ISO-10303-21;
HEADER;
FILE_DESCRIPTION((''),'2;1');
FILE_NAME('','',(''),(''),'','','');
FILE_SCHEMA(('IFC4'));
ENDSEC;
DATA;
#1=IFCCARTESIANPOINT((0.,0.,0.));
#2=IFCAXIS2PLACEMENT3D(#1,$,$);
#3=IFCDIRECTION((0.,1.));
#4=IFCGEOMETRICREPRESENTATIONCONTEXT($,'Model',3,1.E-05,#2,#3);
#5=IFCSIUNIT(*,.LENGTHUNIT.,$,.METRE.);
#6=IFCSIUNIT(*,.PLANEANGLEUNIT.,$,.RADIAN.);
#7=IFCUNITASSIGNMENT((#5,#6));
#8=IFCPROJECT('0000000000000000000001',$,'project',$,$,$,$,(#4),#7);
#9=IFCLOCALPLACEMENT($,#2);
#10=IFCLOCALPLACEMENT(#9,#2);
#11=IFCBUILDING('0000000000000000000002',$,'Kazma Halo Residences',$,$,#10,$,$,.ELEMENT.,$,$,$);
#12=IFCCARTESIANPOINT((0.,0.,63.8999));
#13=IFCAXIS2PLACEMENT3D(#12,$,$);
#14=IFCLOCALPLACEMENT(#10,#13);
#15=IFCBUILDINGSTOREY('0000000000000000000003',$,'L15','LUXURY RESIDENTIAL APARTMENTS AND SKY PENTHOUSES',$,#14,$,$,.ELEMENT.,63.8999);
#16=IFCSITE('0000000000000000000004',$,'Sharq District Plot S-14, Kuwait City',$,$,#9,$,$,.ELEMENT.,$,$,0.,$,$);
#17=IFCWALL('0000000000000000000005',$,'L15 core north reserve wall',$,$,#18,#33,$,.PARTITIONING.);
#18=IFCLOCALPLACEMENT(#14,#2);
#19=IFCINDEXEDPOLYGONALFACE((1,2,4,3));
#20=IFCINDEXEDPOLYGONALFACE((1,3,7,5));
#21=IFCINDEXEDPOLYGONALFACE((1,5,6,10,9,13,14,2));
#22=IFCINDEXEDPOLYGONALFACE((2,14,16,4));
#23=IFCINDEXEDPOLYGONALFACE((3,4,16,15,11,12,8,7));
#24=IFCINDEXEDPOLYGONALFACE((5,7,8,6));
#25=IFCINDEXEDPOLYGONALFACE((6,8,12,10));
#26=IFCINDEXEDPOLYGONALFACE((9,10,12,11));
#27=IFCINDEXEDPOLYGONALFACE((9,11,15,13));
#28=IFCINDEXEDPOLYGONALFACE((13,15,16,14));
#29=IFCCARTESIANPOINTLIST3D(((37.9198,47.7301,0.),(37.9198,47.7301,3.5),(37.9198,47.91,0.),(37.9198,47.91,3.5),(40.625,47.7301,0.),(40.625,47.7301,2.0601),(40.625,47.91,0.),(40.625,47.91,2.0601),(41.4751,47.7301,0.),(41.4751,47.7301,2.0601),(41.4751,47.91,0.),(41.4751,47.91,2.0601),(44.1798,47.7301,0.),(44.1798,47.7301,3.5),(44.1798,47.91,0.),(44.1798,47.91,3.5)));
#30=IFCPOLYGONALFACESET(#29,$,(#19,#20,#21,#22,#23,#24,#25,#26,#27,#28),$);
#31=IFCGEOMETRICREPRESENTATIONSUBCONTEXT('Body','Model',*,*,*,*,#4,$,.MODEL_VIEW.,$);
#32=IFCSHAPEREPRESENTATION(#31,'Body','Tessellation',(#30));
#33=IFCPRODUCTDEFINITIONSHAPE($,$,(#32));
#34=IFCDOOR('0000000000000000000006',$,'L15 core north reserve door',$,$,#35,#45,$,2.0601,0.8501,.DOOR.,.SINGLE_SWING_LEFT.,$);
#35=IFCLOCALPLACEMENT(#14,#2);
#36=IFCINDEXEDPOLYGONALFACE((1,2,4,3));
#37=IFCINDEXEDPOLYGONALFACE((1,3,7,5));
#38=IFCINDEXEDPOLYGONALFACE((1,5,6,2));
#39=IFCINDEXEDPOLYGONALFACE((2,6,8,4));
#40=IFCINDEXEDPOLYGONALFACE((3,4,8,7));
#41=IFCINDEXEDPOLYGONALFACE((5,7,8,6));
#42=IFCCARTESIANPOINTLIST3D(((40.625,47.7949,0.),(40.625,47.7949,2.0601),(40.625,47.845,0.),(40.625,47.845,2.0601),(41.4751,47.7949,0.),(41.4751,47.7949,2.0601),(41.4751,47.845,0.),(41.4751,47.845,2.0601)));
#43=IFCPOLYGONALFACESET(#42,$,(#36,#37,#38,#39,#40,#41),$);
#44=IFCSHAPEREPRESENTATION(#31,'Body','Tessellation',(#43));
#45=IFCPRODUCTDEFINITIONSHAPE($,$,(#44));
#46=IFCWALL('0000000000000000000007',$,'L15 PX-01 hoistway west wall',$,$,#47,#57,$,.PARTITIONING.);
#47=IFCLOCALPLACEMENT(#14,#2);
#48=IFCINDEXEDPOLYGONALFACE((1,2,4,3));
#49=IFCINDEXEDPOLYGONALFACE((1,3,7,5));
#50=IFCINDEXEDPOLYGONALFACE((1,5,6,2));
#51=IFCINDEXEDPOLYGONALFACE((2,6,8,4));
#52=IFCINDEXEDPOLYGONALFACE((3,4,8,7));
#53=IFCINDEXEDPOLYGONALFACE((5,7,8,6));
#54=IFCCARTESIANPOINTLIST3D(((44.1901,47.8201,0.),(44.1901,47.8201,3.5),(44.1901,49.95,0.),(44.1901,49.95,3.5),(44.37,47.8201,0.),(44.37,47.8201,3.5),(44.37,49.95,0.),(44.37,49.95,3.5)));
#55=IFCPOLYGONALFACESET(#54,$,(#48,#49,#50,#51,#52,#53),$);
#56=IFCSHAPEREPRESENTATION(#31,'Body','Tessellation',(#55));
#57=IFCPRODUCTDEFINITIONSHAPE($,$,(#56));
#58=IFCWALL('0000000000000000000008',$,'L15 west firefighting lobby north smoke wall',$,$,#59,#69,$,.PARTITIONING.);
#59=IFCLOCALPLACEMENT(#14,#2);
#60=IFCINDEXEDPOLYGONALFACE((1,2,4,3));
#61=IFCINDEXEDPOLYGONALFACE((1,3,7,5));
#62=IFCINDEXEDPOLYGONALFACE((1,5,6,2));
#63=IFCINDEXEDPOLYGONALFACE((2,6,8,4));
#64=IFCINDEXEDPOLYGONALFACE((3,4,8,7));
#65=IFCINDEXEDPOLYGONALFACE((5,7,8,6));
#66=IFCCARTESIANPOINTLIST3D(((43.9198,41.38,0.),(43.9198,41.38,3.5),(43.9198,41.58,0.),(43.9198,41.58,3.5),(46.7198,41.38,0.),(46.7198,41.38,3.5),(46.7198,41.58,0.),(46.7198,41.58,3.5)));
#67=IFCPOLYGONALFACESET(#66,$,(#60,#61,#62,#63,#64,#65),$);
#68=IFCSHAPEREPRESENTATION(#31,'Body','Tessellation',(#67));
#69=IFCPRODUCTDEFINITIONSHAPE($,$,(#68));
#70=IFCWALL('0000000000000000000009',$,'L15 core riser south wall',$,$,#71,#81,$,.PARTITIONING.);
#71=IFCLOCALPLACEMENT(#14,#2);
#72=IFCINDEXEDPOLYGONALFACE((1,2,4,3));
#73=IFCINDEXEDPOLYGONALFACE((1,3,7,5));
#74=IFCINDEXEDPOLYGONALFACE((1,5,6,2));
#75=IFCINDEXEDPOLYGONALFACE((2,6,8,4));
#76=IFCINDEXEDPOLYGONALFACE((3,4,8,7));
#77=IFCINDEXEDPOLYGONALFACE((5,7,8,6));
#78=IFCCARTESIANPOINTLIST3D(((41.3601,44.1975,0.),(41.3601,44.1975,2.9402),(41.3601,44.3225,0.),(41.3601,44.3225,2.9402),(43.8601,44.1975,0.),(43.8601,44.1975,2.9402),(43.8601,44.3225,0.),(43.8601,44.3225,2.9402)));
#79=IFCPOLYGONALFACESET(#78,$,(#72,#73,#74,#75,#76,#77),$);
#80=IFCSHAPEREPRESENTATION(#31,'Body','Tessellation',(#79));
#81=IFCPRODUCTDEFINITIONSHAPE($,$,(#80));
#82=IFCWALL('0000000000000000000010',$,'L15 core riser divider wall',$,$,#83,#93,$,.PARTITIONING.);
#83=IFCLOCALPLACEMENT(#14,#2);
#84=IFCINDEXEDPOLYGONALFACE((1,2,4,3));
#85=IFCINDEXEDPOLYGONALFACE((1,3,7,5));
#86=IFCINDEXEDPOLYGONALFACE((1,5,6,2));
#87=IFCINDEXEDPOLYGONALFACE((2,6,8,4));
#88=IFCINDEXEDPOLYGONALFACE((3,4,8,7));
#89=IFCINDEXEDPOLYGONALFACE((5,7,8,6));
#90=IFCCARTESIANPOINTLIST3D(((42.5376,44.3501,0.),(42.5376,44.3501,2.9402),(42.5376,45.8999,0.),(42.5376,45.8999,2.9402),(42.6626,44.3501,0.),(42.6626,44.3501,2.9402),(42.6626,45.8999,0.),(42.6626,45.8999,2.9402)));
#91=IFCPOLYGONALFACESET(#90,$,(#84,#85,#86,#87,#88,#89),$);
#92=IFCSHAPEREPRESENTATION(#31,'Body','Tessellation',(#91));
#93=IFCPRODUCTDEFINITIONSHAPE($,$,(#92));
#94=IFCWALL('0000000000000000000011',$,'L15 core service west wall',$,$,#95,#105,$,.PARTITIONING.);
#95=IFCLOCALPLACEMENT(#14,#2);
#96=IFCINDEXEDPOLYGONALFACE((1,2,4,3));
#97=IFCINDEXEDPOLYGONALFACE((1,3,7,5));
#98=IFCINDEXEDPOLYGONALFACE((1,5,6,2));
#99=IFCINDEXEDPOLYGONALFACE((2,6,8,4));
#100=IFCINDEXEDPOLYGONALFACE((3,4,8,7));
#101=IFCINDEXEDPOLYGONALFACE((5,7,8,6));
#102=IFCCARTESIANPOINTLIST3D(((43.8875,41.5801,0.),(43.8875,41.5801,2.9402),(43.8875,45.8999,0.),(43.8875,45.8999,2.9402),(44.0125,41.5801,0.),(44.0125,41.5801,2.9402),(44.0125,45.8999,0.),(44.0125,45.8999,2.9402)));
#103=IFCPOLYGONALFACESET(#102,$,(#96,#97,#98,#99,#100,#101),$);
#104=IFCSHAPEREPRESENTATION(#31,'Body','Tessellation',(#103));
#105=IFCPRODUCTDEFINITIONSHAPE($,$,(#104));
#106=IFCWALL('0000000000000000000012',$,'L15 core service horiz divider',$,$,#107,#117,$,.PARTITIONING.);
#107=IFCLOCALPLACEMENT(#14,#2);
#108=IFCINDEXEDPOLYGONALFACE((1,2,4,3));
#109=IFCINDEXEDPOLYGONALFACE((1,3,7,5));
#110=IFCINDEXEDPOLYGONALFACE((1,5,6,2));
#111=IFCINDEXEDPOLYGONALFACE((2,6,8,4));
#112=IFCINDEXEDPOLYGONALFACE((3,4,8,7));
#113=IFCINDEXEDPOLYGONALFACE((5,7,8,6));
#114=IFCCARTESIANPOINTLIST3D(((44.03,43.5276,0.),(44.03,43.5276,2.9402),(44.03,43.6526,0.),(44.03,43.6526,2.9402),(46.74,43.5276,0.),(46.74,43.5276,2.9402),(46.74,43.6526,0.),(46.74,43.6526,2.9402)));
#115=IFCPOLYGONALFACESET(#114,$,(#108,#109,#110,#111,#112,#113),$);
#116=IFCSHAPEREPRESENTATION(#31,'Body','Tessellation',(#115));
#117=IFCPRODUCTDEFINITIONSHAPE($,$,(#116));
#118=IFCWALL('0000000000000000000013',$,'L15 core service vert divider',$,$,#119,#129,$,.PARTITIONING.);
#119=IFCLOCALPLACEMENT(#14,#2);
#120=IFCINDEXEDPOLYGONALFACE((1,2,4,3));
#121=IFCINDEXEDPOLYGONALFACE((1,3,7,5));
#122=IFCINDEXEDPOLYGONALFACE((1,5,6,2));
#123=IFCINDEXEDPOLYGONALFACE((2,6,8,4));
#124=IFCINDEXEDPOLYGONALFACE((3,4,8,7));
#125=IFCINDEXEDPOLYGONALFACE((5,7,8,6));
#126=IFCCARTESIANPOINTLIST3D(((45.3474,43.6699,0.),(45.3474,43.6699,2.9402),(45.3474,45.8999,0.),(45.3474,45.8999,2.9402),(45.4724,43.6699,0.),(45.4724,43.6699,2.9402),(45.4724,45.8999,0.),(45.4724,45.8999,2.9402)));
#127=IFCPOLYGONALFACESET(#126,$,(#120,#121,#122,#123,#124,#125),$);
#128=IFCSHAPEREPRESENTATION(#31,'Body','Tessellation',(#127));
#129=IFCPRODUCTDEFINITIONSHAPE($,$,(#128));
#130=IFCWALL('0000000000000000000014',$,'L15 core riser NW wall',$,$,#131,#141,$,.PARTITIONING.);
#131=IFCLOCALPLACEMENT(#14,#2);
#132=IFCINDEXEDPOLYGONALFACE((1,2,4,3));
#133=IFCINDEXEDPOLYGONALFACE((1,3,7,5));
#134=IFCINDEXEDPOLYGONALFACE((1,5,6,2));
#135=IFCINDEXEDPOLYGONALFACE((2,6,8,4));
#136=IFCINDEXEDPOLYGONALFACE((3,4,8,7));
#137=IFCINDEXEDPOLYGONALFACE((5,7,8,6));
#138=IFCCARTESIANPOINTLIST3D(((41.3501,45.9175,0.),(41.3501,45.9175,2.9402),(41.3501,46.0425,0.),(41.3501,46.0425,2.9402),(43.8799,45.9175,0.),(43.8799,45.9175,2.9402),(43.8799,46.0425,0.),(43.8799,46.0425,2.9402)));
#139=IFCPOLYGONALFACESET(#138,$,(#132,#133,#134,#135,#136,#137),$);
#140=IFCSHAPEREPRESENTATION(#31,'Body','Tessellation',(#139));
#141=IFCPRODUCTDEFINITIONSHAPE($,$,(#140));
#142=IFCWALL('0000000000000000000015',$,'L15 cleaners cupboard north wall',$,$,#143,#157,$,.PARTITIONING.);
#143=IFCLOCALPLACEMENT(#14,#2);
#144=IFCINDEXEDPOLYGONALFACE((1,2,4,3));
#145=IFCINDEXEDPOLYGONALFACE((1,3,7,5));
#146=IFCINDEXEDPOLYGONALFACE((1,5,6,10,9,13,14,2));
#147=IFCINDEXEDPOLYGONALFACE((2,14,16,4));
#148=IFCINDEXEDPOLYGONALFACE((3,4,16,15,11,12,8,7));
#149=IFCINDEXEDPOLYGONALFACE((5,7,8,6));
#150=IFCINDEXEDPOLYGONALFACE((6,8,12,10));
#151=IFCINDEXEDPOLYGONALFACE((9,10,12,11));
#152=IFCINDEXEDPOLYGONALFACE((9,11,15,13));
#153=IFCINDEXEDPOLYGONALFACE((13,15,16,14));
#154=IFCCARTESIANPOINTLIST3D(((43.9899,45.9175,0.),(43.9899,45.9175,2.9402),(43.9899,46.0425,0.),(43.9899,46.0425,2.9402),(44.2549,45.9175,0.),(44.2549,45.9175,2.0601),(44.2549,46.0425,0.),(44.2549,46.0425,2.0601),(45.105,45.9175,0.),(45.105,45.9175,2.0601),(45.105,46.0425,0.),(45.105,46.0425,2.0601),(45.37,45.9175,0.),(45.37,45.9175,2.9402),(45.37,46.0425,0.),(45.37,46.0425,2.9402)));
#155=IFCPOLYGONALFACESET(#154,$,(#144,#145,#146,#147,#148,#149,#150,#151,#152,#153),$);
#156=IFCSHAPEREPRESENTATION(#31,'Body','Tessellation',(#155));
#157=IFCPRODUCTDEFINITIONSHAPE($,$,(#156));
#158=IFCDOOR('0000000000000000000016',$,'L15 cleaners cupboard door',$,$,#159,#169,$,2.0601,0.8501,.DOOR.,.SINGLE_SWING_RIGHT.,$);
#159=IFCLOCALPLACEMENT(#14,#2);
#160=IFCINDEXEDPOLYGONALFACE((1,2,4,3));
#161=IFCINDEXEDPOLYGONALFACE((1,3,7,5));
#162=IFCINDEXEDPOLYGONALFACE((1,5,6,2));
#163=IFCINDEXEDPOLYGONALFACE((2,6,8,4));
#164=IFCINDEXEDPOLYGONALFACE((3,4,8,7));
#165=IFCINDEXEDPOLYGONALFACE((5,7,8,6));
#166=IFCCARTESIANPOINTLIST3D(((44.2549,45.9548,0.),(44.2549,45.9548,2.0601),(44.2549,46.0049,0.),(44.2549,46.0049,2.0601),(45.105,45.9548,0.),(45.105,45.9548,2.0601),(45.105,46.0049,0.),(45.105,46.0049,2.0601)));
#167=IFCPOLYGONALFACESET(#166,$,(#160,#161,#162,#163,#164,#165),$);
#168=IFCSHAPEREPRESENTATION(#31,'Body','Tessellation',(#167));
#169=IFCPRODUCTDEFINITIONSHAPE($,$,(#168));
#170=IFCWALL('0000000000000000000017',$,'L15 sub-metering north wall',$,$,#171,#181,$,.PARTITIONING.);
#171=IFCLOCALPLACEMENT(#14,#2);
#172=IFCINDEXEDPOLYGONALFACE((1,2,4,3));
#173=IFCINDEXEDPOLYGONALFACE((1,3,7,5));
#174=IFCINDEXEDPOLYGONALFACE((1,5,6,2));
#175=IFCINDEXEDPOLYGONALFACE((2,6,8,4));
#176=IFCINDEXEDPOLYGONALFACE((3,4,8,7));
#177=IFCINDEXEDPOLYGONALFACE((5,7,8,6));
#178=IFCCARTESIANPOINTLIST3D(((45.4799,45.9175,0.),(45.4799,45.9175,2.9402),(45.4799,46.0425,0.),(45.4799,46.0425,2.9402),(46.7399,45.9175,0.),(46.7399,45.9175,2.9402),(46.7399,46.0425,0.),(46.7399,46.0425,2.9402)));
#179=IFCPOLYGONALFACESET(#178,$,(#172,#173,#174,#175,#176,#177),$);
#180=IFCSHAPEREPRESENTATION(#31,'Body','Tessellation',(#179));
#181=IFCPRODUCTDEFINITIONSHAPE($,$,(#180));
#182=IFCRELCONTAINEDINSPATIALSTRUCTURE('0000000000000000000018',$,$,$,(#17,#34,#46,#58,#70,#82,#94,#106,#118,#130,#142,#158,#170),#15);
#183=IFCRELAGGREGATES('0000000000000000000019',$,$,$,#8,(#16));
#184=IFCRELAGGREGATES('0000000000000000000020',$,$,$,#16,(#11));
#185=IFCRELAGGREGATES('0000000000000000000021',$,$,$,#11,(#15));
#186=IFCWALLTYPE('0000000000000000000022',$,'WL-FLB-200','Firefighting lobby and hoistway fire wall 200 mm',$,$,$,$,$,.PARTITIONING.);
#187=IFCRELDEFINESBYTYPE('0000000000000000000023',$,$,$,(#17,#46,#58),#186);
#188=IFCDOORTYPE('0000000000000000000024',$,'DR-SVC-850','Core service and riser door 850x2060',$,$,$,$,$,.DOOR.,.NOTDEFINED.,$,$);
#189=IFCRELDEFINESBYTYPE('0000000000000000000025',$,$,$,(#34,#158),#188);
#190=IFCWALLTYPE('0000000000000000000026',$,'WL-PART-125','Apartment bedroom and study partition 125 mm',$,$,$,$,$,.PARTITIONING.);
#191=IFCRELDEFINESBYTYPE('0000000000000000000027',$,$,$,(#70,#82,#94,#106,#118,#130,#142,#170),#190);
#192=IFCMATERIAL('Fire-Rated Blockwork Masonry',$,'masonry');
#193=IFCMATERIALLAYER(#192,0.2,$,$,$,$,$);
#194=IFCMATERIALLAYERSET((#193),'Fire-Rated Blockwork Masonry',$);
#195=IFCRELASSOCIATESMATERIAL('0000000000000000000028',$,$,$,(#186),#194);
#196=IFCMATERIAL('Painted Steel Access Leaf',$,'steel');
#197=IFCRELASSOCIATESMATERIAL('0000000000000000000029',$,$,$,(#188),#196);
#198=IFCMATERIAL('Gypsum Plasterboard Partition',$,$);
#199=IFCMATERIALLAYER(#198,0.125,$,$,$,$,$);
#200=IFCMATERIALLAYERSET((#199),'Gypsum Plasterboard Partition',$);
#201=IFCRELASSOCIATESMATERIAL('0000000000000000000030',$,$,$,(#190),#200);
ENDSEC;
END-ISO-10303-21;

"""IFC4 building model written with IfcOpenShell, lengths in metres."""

from ifc_helpers import new_model, si_unit, direction, frame, frame_2d, origin, place, context, subcontext, project, spatial, rectangle, extrude, material, layer, layer_set, type_object, element, fill, save


model = new_model("IFC4")

# Units and contexts
model_context = context("Model", 3, precision=1e-05, world=origin(), true_north=direction((0.0, 1.0)))
body_context = subcontext(model_context, "Body", "Model", "MODEL_VIEW")
ifc_project = project(units=[si_unit("LENGTHUNIT", "METRE"), si_unit("PLANEANGLEUNIT", "RADIAN")], contexts=[model_context])

# Site, building, storey
site_placement = place(None, origin())
site = spatial("IfcSite", under=ifc_project, at=site_placement, Name="Sharq District Plot S-14, Kuwait City", CompositionType="ELEMENT", RefElevation=0.0)
building_placement = place(site_placement, origin())
building = spatial("IfcBuilding", under=site, at=building_placement, Name="Kazma Halo Residences", CompositionType="ELEMENT")
storey_placement = place(building_placement, frame((0.0, 0.0, 63.8999)))
storey = spatial("IfcBuildingStorey", under=building, at=storey_placement, Name="L15", Description="LUXURY RESIDENTIAL APARTMENTS AND SKY PENTHOUSES", CompositionType="ELEMENT", Elevation=63.8999)

# Shared definitions
ifc_material_1 = material(Name="Fire-Rated Blockwork Masonry", Category="masonry")
ifc_layer_1 = layer(ifc_material_1, 0.2)
ifc_layer_set_1 = layer_set([ifc_layer_1], Name="Fire-Rated Blockwork Masonry")
wall_type_1 = type_object("IfcWallType", Name="WL-FLB-200", Description="Firefighting lobby and hoistway fire wall 200 mm", PredefinedType="PARTITIONING", material=ifc_layer_set_1)

# Wall, opening, door
wall_1_placement = place(storey_placement, frame((37.9199, 47.8201, 0.0), z_axis=(0.0, 0.0, 1.0), x_axis=(1.0, 0.0, 0.0)))
wall_1 = element("IfcWall", 1, at=wall_1_placement, inside=storey, type_object=wall_type_1, Name="L15 core north reserve wall", PredefinedType="PARTITIONING", context=body_context, shape_type="SweptSolid", body=[
    extrude(rectangle(XDim=6.26, YDim=0.1799, at=frame_2d((3.1299, 0.0))), origin(), (0.0, 0.0, 1.0), 3.5),
])
opening_1_placement = place(wall_1_placement, frame((2.7051, 0.0, 0.0)))
opening_1 = element("IfcOpeningElement", 2, at=opening_1_placement, cuts=wall_1, PredefinedType="OPENING", context=body_context, shape_type="SweptSolid", body=[
    extrude(rectangle(XDim=0.8501, YDim=2.0601, at=frame_2d((0.425, 1.03))), frame((0.0, 0.0999, 0.0), z_axis=(0.0, -1.0, 0.0), x_axis=(1.0, 0.0, 0.0)), (0.0, 0.0, 1.0), 0.2),
])
ifc_material_2 = material(Name="Painted Steel Access Leaf", Category="steel")
door_type_1 = type_object("IfcDoorType", Name="DR-SVC-850", Description="Core service and riser door 850x2060", OperationType="NOTDEFINED", PredefinedType="DOOR", material=ifc_material_2)
door_1_placement = place(opening_1_placement, origin())
door_1 = element("IfcDoor", 3, at=door_1_placement, inside=storey, type_object=door_type_1, Name="L15 core north reserve door", OperationType="SINGLE_SWING_LEFT", OverallHeight=2.0601, OverallWidth=0.8501, PredefinedType="DOOR", context=body_context, shape_type="SweptSolid", body=[
    extrude(rectangle(XDim=0.8501, YDim=2.0601, at=frame_2d((0.425, 1.03))), frame((0.0, 0.0249, 0.0), z_axis=(0.0, -1.0, 0.0), x_axis=(1.0, 0.0, 0.0)), (0.0, 0.0, 1.0), 0.05),
])
fill(opening_1, door_1)

# Walls
wall_2_placement = place(storey_placement, frame((44.28, 47.8201, 0.0), z_axis=(0.0, 0.0, 1.0), x_axis=(0.0, 1.0, 0.0)))
element("IfcWall", 4, at=wall_2_placement, inside=storey, type_object=wall_type_1, Name="L15 PX-01 hoistway west wall", PredefinedType="PARTITIONING", context=body_context, shape_type="SweptSolid", body=[
    extrude(rectangle(XDim=2.1299, YDim=0.1799, at=frame_2d((1.0649, 0.0))), origin(), (0.0, 0.0, 1.0), 3.5),
])
wall_3_placement = place(storey_placement, frame((43.9199, 41.48, 0.0), z_axis=(0.0, 0.0, 1.0), x_axis=(1.0, 0.0, 0.0)))
element("IfcWall", 5, at=wall_3_placement, inside=storey, type_object=wall_type_1, Name="L15 west firefighting lobby north smoke wall", PredefinedType="PARTITIONING", context=body_context, shape_type="SweptSolid", body=[
    extrude(rectangle(XDim=2.8, YDim=0.2, at=frame_2d((1.3999, 0.0))), origin(), (0.0, 0.0, 1.0), 3.5),
])
ifc_material_3 = material(Name="Gypsum Plasterboard Partition")
ifc_layer_2 = layer(ifc_material_3, 0.125)
ifc_layer_set_2 = layer_set([ifc_layer_2], Name="Gypsum Plasterboard Partition")
wall_type_2 = type_object("IfcWallType", Name="WL-PART-125", Description="Apartment bedroom and study partition 125 mm", PredefinedType="PARTITIONING", material=ifc_layer_set_2)
wall_4_placement = place(storey_placement, frame((41.3601, 44.26, 0.0), z_axis=(0.0, 0.0, 1.0), x_axis=(1.0, 0.0, 0.0)))
element("IfcWall", 6, at=wall_4_placement, inside=storey, type_object=wall_type_2, Name="L15 core riser south wall", PredefinedType="PARTITIONING", context=body_context, shape_type="SweptSolid", body=[
    extrude(rectangle(XDim=2.5, YDim=0.125, at=frame_2d((1.25, 0.0))), origin(), (0.0, 0.0, 1.0), 2.9402),
])
wall_5_placement = place(storey_placement, frame((42.6001, 44.3501, 0.0), z_axis=(0.0, 0.0, 1.0), x_axis=(0.0, 1.0, 0.0)))
element("IfcWall", 7, at=wall_5_placement, inside=storey, type_object=wall_type_2, Name="L15 core riser divider wall", PredefinedType="PARTITIONING", context=body_context, shape_type="SweptSolid", body=[
    extrude(rectangle(XDim=1.5498, YDim=0.125, at=frame_2d((0.7749, 0.0))), origin(), (0.0, 0.0, 1.0), 2.9402),
])
wall_6_placement = place(storey_placement, frame((43.95, 41.5801, 0.0), z_axis=(0.0, 0.0, 1.0), x_axis=(0.0, 1.0, 0.0)))
element("IfcWall", 8, at=wall_6_placement, inside=storey, type_object=wall_type_2, Name="L15 core service west wall", PredefinedType="PARTITIONING", context=body_context, shape_type="SweptSolid", body=[
    extrude(rectangle(XDim=4.3198, YDim=0.125, at=frame_2d((2.1599, 0.0))), origin(), (0.0, 0.0, 1.0), 2.9402),
])
wall_7_placement = place(storey_placement, frame((44.03, 43.5901, 0.0), z_axis=(0.0, 0.0, 1.0), x_axis=(1.0, 0.0, 0.0)))
element("IfcWall", 9, at=wall_7_placement, inside=storey, type_object=wall_type_2, Name="L15 core service horiz divider", PredefinedType="PARTITIONING", context=body_context, shape_type="SweptSolid", body=[
    extrude(rectangle(XDim=2.71, YDim=0.125, at=frame_2d((1.355, 0.0))), origin(), (0.0, 0.0, 1.0), 2.9402),
])
wall_8_placement = place(storey_placement, frame((45.4099, 43.6699, 0.0), z_axis=(0.0, 0.0, 1.0), x_axis=(0.0, 1.0, 0.0)))
element("IfcWall", 10, at=wall_8_placement, inside=storey, type_object=wall_type_2, Name="L15 core service vert divider", PredefinedType="PARTITIONING", context=body_context, shape_type="SweptSolid", body=[
    extrude(rectangle(XDim=2.23, YDim=0.125, at=frame_2d((1.115, 0.0))), origin(), (0.0, 0.0, 1.0), 2.9402),
])
wall_9_placement = place(storey_placement, frame((41.3501, 45.98, 0.0), z_axis=(0.0, 0.0, 1.0), x_axis=(1.0, 0.0, 0.0)))
element("IfcWall", 11, at=wall_9_placement, inside=storey, type_object=wall_type_2, Name="L15 core riser NW wall", PredefinedType="PARTITIONING", context=body_context, shape_type="SweptSolid", body=[
    extrude(rectangle(XDim=2.5298, YDim=0.125, at=frame_2d((1.2649, 0.0))), origin(), (0.0, 0.0, 1.0), 2.9402),
])

# Wall, opening, door
wall_10_placement = place(storey_placement, frame((43.99, 45.98, 0.0), z_axis=(0.0, 0.0, 1.0), x_axis=(1.0, 0.0, 0.0)))
wall_10 = element("IfcWall", 12, at=wall_10_placement, inside=storey, type_object=wall_type_2, Name="L15 cleaners cupboard north wall", PredefinedType="PARTITIONING", context=body_context, shape_type="SweptSolid", body=[
    extrude(rectangle(XDim=1.3801, YDim=0.125, at=frame_2d((0.6899, 0.0))), origin(), (0.0, 0.0, 1.0), 2.9402),
])
opening_2_placement = place(wall_10_placement, frame((0.2649, 0.0, 0.0)))
opening_2 = element("IfcOpeningElement", 13, at=opening_2_placement, cuts=wall_10, PredefinedType="OPENING", context=body_context, shape_type="SweptSolid", body=[
    extrude(rectangle(XDim=0.8501, YDim=2.0601, at=frame_2d((0.425, 1.03))), frame((0.0, 0.0725, 0.0), z_axis=(0.0, -1.0, 0.0), x_axis=(1.0, 0.0, 0.0)), (0.0, 0.0, 1.0), 0.145),
])
door_2_placement = place(opening_2_placement, origin())
door_2 = element("IfcDoor", 14, at=door_2_placement, inside=storey, type_object=door_type_1, Name="L15 cleaners cupboard door", OperationType="SINGLE_SWING_RIGHT", OverallHeight=2.0601, OverallWidth=0.8501, PredefinedType="DOOR", context=body_context, shape_type="SweptSolid", body=[
    extrude(rectangle(XDim=0.8501, YDim=2.0601, at=frame_2d((0.425, 1.03))), frame((0.0, 0.0249, 0.0), z_axis=(0.0, -1.0, 0.0), x_axis=(1.0, 0.0, 0.0)), (0.0, 0.0, 1.0), 0.05),
])
fill(opening_2, door_2)

# Wall
wall_11_placement = place(storey_placement, frame((45.48, 45.98, 0.0), z_axis=(0.0, 0.0, 1.0), x_axis=(1.0, 0.0, 0.0)))
element("IfcWall", 15, at=wall_11_placement, inside=storey, type_object=wall_type_2, Name="L15 sub-metering north wall", PredefinedType="PARTITIONING", context=body_context, shape_type="SweptSolid", body=[
    extrude(rectangle(XDim=1.26, YDim=0.125, at=frame_2d((0.6299, 0.0))), origin(), (0.0, 0.0, 1.0), 2.9402),
])

save(model, "model.ifc")
